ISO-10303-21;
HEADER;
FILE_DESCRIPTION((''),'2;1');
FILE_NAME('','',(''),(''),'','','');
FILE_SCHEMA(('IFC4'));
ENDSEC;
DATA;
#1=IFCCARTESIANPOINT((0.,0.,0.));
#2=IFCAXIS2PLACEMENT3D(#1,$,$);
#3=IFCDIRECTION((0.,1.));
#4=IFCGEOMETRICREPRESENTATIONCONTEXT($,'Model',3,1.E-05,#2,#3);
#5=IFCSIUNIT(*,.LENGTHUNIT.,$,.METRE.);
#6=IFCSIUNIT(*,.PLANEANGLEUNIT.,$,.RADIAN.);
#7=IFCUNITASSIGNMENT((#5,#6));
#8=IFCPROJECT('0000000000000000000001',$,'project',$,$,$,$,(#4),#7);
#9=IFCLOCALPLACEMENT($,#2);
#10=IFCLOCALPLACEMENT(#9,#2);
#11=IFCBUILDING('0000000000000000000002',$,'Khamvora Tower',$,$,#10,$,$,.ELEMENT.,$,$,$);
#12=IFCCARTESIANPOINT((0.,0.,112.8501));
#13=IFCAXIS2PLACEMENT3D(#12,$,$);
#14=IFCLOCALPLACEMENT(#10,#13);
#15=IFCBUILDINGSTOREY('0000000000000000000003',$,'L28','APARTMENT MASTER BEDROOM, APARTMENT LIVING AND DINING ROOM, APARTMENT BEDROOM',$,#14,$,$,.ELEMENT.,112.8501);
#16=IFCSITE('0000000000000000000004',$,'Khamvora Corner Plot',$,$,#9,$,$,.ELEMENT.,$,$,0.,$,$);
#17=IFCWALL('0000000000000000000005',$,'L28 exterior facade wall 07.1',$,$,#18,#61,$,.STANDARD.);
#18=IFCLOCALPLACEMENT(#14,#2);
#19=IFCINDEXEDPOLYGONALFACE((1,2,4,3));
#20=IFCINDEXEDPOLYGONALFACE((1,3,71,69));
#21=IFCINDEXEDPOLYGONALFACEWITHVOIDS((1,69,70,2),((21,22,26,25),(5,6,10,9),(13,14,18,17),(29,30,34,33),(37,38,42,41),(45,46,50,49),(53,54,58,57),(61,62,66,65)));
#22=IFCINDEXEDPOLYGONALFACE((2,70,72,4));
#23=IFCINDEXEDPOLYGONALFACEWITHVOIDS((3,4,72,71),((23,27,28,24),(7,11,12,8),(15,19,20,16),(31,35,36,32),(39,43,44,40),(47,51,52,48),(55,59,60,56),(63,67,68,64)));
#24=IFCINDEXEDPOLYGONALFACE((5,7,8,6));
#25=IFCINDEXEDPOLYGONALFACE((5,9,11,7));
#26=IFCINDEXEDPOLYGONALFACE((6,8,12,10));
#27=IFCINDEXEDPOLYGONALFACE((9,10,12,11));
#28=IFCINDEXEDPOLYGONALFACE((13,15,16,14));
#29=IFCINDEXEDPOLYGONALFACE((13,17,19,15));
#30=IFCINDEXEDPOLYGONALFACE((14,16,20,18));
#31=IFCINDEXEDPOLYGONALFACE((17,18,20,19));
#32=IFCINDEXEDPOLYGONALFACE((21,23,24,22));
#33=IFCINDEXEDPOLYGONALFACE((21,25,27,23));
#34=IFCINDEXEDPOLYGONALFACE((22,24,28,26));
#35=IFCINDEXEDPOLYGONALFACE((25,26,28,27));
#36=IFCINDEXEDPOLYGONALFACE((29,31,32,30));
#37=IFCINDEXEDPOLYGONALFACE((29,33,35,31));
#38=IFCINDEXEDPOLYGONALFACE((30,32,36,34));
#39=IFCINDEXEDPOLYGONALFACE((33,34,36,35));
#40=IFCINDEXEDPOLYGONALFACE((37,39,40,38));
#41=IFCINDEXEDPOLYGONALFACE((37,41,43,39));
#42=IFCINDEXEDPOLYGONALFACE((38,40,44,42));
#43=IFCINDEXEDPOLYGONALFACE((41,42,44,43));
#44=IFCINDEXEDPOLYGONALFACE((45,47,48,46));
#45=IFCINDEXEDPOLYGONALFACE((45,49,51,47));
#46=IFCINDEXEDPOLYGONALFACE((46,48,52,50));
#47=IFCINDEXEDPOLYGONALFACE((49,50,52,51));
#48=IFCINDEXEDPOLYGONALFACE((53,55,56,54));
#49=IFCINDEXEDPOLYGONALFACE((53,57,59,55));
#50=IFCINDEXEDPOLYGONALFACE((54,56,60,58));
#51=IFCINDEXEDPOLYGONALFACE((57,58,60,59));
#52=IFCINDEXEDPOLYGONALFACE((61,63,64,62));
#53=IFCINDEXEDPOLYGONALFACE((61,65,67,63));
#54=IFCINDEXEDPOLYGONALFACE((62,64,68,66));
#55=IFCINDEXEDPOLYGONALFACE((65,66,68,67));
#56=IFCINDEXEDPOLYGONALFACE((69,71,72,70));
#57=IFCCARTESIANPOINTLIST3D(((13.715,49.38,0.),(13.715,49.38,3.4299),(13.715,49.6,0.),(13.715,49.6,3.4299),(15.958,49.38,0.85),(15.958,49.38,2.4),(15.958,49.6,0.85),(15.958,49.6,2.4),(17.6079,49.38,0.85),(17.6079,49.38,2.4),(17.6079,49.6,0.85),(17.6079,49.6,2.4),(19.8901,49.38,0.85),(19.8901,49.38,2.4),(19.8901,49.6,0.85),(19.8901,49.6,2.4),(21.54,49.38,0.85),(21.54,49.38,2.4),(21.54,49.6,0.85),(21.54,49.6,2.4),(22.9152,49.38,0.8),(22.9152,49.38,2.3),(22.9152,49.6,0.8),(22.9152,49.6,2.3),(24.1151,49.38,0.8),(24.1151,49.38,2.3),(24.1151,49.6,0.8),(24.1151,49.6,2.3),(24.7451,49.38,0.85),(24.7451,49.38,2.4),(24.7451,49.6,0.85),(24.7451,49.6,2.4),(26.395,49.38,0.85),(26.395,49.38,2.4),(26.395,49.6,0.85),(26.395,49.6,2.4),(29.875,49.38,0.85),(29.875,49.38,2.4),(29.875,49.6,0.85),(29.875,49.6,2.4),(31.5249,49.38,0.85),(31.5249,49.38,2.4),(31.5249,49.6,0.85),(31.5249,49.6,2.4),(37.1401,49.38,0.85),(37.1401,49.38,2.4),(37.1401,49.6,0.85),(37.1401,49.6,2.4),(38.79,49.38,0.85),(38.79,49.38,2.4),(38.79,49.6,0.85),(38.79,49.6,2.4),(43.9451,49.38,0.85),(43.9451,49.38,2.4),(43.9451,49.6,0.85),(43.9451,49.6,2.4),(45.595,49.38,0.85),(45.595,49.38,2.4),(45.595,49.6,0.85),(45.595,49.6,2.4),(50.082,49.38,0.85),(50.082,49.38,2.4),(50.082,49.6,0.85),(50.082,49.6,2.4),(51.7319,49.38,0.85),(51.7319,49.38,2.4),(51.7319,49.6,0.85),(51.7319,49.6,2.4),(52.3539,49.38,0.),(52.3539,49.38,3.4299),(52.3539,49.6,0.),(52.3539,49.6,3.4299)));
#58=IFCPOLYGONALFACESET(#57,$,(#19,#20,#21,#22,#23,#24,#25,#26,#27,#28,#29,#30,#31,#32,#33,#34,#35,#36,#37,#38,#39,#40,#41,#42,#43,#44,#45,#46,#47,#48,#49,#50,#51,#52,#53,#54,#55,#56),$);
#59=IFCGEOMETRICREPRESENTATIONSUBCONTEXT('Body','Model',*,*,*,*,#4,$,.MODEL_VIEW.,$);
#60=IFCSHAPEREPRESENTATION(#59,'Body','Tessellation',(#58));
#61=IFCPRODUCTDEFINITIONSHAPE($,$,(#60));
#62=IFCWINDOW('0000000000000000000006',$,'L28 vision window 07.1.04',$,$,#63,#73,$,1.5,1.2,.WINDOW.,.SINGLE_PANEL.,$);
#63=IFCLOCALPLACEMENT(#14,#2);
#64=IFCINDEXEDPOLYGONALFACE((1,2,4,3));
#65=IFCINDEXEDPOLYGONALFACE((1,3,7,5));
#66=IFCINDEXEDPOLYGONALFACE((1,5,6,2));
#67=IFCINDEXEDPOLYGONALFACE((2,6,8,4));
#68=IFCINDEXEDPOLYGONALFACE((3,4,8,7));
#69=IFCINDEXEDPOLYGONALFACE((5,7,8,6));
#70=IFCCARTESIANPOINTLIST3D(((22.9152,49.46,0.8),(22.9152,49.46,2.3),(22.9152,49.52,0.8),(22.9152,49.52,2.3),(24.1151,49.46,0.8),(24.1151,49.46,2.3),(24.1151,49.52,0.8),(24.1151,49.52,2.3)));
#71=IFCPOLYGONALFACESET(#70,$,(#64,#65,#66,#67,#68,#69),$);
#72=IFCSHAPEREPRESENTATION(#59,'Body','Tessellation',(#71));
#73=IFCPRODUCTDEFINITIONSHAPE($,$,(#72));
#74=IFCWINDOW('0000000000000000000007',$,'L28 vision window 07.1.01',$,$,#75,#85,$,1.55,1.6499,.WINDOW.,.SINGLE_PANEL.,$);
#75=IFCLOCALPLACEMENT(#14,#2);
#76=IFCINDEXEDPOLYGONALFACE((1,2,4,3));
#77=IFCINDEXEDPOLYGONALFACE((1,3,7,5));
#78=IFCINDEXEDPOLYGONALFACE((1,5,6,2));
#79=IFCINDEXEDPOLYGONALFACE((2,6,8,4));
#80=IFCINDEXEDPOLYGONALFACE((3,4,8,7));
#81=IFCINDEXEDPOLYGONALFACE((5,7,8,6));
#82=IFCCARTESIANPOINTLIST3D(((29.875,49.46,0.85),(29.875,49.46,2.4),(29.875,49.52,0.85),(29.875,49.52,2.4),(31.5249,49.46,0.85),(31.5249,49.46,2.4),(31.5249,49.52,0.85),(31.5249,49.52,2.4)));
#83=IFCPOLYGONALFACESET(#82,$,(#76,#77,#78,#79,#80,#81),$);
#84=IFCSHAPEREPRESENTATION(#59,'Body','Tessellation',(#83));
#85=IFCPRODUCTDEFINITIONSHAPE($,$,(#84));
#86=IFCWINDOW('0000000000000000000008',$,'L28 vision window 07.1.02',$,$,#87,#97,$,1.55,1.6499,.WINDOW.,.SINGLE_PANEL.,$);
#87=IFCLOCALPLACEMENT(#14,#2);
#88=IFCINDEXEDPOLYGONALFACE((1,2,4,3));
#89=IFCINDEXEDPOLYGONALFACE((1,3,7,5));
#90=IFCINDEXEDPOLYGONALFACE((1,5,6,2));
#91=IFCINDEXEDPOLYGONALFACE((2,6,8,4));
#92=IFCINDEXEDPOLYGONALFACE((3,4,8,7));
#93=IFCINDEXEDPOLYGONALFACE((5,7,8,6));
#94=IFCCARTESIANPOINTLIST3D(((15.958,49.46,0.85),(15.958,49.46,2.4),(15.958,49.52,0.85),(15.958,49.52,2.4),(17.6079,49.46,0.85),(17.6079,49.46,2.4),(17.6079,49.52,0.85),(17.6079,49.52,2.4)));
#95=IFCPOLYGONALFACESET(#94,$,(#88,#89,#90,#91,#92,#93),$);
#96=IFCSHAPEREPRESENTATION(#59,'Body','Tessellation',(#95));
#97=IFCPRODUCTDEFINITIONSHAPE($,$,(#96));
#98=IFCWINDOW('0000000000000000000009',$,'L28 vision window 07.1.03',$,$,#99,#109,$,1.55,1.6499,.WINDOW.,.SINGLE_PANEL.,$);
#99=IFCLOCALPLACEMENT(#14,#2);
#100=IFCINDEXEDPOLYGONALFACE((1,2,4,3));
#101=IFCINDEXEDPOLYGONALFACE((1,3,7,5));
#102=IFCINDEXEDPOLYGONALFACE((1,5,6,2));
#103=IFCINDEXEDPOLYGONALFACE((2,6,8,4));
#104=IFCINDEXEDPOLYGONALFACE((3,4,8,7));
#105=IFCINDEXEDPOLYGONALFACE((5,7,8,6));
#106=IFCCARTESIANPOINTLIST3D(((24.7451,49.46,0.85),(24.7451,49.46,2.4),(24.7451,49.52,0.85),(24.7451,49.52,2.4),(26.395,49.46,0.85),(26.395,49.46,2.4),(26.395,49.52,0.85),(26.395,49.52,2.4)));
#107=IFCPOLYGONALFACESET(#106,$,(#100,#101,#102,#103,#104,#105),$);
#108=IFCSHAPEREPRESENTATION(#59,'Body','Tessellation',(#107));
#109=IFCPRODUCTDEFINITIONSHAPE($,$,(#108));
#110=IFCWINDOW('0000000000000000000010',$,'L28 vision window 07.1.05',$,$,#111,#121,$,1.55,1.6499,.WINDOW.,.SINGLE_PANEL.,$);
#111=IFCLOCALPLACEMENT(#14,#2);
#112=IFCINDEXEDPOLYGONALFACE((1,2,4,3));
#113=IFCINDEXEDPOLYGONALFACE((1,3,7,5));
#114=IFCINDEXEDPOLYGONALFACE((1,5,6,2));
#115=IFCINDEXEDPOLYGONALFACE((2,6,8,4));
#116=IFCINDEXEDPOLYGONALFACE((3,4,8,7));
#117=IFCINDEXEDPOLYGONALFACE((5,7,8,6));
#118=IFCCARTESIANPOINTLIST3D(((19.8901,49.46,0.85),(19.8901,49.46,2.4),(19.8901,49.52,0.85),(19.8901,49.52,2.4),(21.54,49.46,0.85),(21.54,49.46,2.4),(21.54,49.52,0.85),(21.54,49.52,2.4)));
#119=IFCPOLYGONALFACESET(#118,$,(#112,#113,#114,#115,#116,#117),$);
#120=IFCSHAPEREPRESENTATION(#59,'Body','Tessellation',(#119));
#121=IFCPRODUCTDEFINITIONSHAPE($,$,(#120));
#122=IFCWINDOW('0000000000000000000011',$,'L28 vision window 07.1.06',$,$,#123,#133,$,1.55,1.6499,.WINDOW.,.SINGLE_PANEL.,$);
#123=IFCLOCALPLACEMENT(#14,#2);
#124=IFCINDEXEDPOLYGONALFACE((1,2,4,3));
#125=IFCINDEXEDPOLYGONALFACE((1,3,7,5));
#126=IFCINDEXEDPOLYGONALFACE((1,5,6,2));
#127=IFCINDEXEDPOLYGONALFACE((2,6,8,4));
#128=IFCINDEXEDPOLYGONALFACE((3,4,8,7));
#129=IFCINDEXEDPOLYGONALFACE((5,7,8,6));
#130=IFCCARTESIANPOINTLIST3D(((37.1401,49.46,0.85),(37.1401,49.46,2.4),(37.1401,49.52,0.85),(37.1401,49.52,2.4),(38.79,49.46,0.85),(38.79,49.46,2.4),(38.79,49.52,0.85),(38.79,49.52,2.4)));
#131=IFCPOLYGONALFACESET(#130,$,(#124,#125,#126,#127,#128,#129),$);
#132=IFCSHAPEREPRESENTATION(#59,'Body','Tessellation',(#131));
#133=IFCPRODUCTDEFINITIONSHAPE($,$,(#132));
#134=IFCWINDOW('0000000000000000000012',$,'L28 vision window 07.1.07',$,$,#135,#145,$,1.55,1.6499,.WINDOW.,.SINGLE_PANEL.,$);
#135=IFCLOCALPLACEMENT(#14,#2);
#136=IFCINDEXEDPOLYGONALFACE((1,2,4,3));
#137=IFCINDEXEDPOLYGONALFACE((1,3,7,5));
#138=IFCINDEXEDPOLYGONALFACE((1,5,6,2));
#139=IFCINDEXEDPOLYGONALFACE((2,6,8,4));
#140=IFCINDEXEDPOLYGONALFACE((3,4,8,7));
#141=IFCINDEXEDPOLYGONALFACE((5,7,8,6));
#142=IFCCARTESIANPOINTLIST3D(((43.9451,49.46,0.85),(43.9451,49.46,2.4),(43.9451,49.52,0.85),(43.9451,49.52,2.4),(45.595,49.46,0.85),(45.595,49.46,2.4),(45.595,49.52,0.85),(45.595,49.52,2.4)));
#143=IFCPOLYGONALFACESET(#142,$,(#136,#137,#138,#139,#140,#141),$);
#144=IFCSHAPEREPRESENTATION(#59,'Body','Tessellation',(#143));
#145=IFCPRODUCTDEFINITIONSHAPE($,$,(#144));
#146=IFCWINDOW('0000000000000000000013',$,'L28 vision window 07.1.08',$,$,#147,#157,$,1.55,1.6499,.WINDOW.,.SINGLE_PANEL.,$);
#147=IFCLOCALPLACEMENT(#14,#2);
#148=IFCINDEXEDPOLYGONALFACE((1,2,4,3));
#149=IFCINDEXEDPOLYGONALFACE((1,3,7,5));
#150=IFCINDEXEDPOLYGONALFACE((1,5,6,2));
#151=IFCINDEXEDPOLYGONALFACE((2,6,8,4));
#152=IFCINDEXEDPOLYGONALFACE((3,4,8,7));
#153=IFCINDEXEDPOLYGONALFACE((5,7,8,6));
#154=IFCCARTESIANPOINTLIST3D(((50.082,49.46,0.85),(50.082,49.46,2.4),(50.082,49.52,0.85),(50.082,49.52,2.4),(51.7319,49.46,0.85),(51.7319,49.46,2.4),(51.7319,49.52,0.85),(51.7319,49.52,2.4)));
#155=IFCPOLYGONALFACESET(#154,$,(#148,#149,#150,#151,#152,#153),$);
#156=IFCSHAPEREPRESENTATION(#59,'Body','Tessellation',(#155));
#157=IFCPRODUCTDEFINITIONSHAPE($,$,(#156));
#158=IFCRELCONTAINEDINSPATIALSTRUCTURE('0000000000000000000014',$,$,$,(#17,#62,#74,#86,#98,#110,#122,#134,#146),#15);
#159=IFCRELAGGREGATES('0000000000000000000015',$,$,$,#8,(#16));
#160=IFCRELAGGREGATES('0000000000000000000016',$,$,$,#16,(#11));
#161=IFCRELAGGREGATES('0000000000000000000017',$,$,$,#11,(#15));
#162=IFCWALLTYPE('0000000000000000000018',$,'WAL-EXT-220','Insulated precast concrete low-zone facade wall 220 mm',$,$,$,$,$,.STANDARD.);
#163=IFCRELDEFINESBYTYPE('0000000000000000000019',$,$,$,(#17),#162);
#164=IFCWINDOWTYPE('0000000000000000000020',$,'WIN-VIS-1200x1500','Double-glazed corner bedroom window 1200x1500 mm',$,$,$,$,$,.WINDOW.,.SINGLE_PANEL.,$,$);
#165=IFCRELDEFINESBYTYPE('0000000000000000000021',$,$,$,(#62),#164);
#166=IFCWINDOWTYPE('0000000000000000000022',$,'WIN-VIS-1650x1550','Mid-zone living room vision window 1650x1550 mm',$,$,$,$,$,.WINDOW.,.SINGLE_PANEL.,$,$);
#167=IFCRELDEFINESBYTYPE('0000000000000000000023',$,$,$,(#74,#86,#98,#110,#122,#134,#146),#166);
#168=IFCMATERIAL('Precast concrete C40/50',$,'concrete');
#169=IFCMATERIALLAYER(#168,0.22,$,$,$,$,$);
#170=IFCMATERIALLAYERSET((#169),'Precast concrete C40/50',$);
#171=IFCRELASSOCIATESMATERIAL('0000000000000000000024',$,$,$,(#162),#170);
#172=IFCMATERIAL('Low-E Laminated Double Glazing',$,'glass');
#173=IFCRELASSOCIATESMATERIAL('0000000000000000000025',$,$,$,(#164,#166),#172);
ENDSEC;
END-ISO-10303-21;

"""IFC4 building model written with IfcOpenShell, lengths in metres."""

from ifc_helpers import new_model, si_unit, direction, frame, frame_2d, origin, place, context, subcontext, project, spatial, rectangle, extrude, material, layer, layer_set, type_object, element, fill, save


model = new_model("IFC4")

# Units and contexts
model_context = context("Model", 3, precision=1e-05, world=origin(), true_north=direction((0.0, 1.0)))
body_context = subcontext(model_context, "Body", "Model", "MODEL_VIEW")
ifc_project = project(units=[si_unit("LENGTHUNIT", "METRE"), si_unit("PLANEANGLEUNIT", "RADIAN")], contexts=[model_context])

# Site, building, storey
site_placement = place(None, origin())
site = spatial("IfcSite", under=ifc_project, at=site_placement, Name="Khamvora Corner Plot", CompositionType="ELEMENT", RefElevation=0.0)
building_placement = place(site_placement, origin())
building = spatial("IfcBuilding", under=site, at=building_placement, Name="Khamvora Tower", CompositionType="ELEMENT")
storey_placement = place(building_placement, frame((0.0, 0.0, 112.8501)))
storey = spatial("IfcBuildingStorey", under=building, at=storey_placement, Name="L28", Description="APARTMENT MASTER BEDROOM, APARTMENT LIVING AND DINING ROOM, APARTMENT BEDROOM", CompositionType="ELEMENT", Elevation=112.8501)

# Shared definitions
ifc_material_1 = material(Name="Precast concrete C40/50", Category="concrete")
ifc_layer_1 = layer(ifc_material_1, 0.22)
ifc_layer_set_1 = layer_set([ifc_layer_1], Name="Precast concrete C40/50")
wall_type_1 = type_object("IfcWallType", Name="WAL-EXT-220", Description="Insulated precast concrete low-zone facade wall 220 mm", PredefinedType="STANDARD", material=ifc_layer_set_1)

# Wall, openings, windows
wall_1_placement = place(storey_placement, frame((13.7151, 49.49, 0.0), z_axis=(0.0, 0.0, 1.0), x_axis=(1.0, 0.0, 0.0)))
wall_1 = element("IfcWall", 1, at=wall_1_placement, inside=storey, type_object=wall_type_1, Name="L28 exterior facade wall 07.1", PredefinedType="STANDARD", context=body_context, shape_type="SweptSolid", body=[
    extrude(rectangle(XDim=38.6389, YDim=0.22, at=frame_2d((19.3193, 0.0))), origin(), (0.0, 0.0, 1.0), 3.4299),
])
opening_1_placement = place(wall_1_placement, frame((16.1599, 0.0, 0.8501)))
opening_1 = element("IfcOpeningElement", 2, at=opening_1_placement, cuts=wall_1, PredefinedType="OPENING", context=body_context, shape_type="SweptSolid", body=[
    extrude(rectangle(XDim=1.6499, YDim=1.55, at=frame_2d((0.825, 0.7749))), frame((0.0, 0.1199, 0.0), z_axis=(0.0, -1.0, 0.0), x_axis=(1.0, 0.0, 0.0)), (0.0, 0.0, 1.0), 0.24),
])
opening_2_placement = place(wall_1_placement, frame((2.2429, 0.0, 0.8501)))
opening_2 = element("IfcOpeningElement", 3, at=opening_2_placement, cuts=wall_1, PredefinedType="OPENING", context=body_context, shape_type="SweptSolid", body=[
    extrude(rectangle(XDim=1.6499, YDim=1.55, at=frame_2d((0.825, 0.7749))), frame((0.0, 0.1199, 0.0), z_axis=(0.0, -1.0, 0.0), x_axis=(1.0, 0.0, 0.0)), (0.0, 0.0, 1.0), 0.24),
])
opening_3_placement = place(wall_1_placement, frame((11.03, 0.0, 0.8501)))
opening_3 = element("IfcOpeningElement", 4, at=opening_3_placement, cuts=wall_1, PredefinedType="OPENING", context=body_context, shape_type="SweptSolid", body=[
    extrude(rectangle(XDim=1.6499, YDim=1.55, at=frame_2d((0.825, 0.7749))), frame((0.0, 0.1199, 0.0), z_axis=(0.0, -1.0, 0.0), x_axis=(1.0, 0.0, 0.0)), (0.0, 0.0, 1.0), 0.24),
])
opening_4_placement = place(wall_1_placement, frame((9.2, 0.0, 0.8)))
opening_4 = element("IfcOpeningElement", 5, at=opening_4_placement, cuts=wall_1, PredefinedType="OPENING", context=body_context, shape_type="SweptSolid", body=[
    extrude(rectangle(XDim=1.2, YDim=1.5, at=frame_2d((0.6001, 0.75))), frame((0.0, 0.1199, 0.0), z_axis=(0.0, -1.0, 0.0), x_axis=(1.0, 0.0, 0.0)), (0.0, 0.0, 1.0), 0.24),
])
opening_5_placement = place(wall_1_placement, frame((6.175, 0.0, 0.8501)))
opening_5 = element("IfcOpeningElement", 6, at=opening_5_placement, cuts=wall_1, PredefinedType="OPENING", context=body_context, shape_type="SweptSolid", body=[
    extrude(rectangle(XDim=1.6499, YDim=1.55, at=frame_2d((0.825, 0.7749))), frame((0.0, 0.1199, 0.0), z_axis=(0.0, -1.0, 0.0), x_axis=(1.0, 0.0, 0.0)), (0.0, 0.0, 1.0), 0.24),
])
opening_6_placement = place(wall_1_placement, frame((23.425, 0.0, 0.8501)))
opening_6 = element("IfcOpeningElement", 7, at=opening_6_placement, cuts=wall_1, PredefinedType="OPENING", context=body_context, shape_type="SweptSolid", body=[
    extrude(rectangle(XDim=1.6499, YDim=1.55, at=frame_2d((0.825, 0.7749))), frame((0.0, 0.1199, 0.0), z_axis=(0.0, -1.0, 0.0), x_axis=(1.0, 0.0, 0.0)), (0.0, 0.0, 1.0), 0.24),
])
opening_7_placement = place(wall_1_placement, frame((30.23, 0.0, 0.8501)))
opening_7 = element("IfcOpeningElement", 8, at=opening_7_placement, cuts=wall_1, PredefinedType="OPENING", context=body_context, shape_type="SweptSolid", body=[
    extrude(rectangle(XDim=1.6499, YDim=1.55, at=frame_2d((0.825, 0.7749))), frame((0.0, 0.1199, 0.0), z_axis=(0.0, -1.0, 0.0), x_axis=(1.0, 0.0, 0.0)), (0.0, 0.0, 1.0), 0.24),
])
opening_8_placement = place(wall_1_placement, frame((36.3669, 0.0, 0.8501)))
opening_8 = element("IfcOpeningElement", 9, at=opening_8_placement, cuts=wall_1, PredefinedType="OPENING", context=body_context, shape_type="SweptSolid", body=[
    extrude(rectangle(XDim=1.6499, YDim=1.55, at=frame_2d((0.825, 0.7749))), frame((0.0, 0.1199, 0.0), z_axis=(0.0, -1.0, 0.0), x_axis=(1.0, 0.0, 0.0)), (0.0, 0.0, 1.0), 0.24),
])
ifc_material_2 = material(Name="Low-E Laminated Double Glazing", Category="glass")
window_type_1 = type_object("IfcWindowType", Name="WIN-VIS-1200x1500", Description="Double-glazed corner bedroom window 1200x1500 mm", PartitioningType="SINGLE_PANEL", PredefinedType="WINDOW", material=ifc_material_2)
window_1_placement = place(opening_4_placement, origin())
window_1 = element("IfcWindow", 10, at=window_1_placement, inside=storey, type_object=window_type_1, Name="L28 vision window 07.1.04", OverallHeight=1.5, OverallWidth=1.2, PartitioningType="SINGLE_PANEL", PredefinedType="WINDOW", context=body_context, shape_type="SweptSolid", body=[
    extrude(rectangle(XDim=1.2, YDim=1.5, at=frame_2d((0.6001, 0.75))), frame((0.0, 0.03, 0.0), z_axis=(0.0, -1.0, 0.0), x_axis=(1.0, 0.0, 0.0)), (0.0, 0.0, 1.0), 0.0601),
])
fill(opening_4, window_1)
window_type_2 = type_object("IfcWindowType", Name="WIN-VIS-1650x1550", Description="Mid-zone living room vision window 1650x1550 mm", PartitioningType="SINGLE_PANEL", PredefinedType="WINDOW", material=ifc_material_2)
window_2_placement = place(opening_1_placement, origin())
window_2 = element("IfcWindow", 11, at=window_2_placement, inside=storey, type_object=window_type_2, Name="L28 vision window 07.1.01", OverallHeight=1.55, OverallWidth=1.6499, PartitioningType="SINGLE_PANEL", PredefinedType="WINDOW", context=body_context, shape_type="SweptSolid", body=[
    extrude(rectangle(XDim=1.6499, YDim=1.55, at=frame_2d((0.825, 0.7749))), frame((0.0, 0.03, 0.0), z_axis=(0.0, -1.0, 0.0), x_axis=(1.0, 0.0, 0.0)), (0.0, 0.0, 1.0), 0.0601),
])
fill(opening_1, window_2)
window_3_placement = place(opening_2_placement, origin())
window_3 = element("IfcWindow", 12, at=window_3_placement, inside=storey, type_object=window_type_2, Name="L28 vision window 07.1.02", OverallHeight=1.55, OverallWidth=1.6499, PartitioningType="SINGLE_PANEL", PredefinedType="WINDOW", context=body_context, shape_type="SweptSolid", body=[
    extrude(rectangle(XDim=1.6499, YDim=1.55, at=frame_2d((0.825, 0.7749))), frame((0.0, 0.03, 0.0), z_axis=(0.0, -1.0, 0.0), x_axis=(1.0, 0.0, 0.0)), (0.0, 0.0, 1.0), 0.0601),
])
fill(opening_2, window_3)
window_4_placement = place(opening_3_placement, origin())
window_4 = element("IfcWindow", 13, at=window_4_placement, inside=storey, type_object=window_type_2, Name="L28 vision window 07.1.03", OverallHeight=1.55, OverallWidth=1.6499, PartitioningType="SINGLE_PANEL", PredefinedType="WINDOW", context=body_context, shape_type="SweptSolid", body=[
    extrude(rectangle(XDim=1.6499, YDim=1.55, at=frame_2d((0.825, 0.7749))), frame((0.0, 0.03, 0.0), z_axis=(0.0, -1.0, 0.0), x_axis=(1.0, 0.0, 0.0)), (0.0, 0.0, 1.0), 0.0601),
])
fill(opening_3, window_4)
window_5_placement = place(opening_5_placement, origin())
window_5 = element("IfcWindow", 14, at=window_5_placement, inside=storey, type_object=window_type_2, Name="L28 vision window 07.1.05", OverallHeight=1.55, OverallWidth=1.6499, PartitioningType="SINGLE_PANEL", PredefinedType="WINDOW", context=body_context, shape_type="SweptSolid", body=[
    extrude(rectangle(XDim=1.6499, YDim=1.55, at=frame_2d((0.825, 0.7749))), frame((0.0, 0.03, 0.0), z_axis=(0.0, -1.0, 0.0), x_axis=(1.0, 0.0, 0.0)), (0.0, 0.0, 1.0), 0.0601),
])
fill(opening_5, window_5)
window_6_placement = place(opening_6_placement, origin())
window_6 = element("IfcWindow", 15, at=window_6_placement, inside=storey, type_object=window_type_2, Name="L28 vision window 07.1.06", OverallHeight=1.55, OverallWidth=1.6499, PartitioningType="SINGLE_PANEL", PredefinedType="WINDOW", context=body_context, shape_type="SweptSolid", body=[
    extrude(rectangle(XDim=1.6499, YDim=1.55, at=frame_2d((0.825, 0.7749))), frame((0.0, 0.03, 0.0), z_axis=(0.0, -1.0, 0.0), x_axis=(1.0, 0.0, 0.0)), (0.0, 0.0, 1.0), 0.0601),
])
fill(opening_6, window_6)
window_7_placement = place(opening_7_placement, origin())
window_7 = element("IfcWindow", 16, at=window_7_placement, inside=storey, type_object=window_type_2, Name="L28 vision window 07.1.07", OverallHeight=1.55, OverallWidth=1.6499, PartitioningType="SINGLE_PANEL", PredefinedType="WINDOW", context=body_context, shape_type="SweptSolid", body=[
    extrude(rectangle(XDim=1.6499, YDim=1.55, at=frame_2d((0.825, 0.7749))), frame((0.0, 0.03, 0.0), z_axis=(0.0, -1.0, 0.0), x_axis=(1.0, 0.0, 0.0)), (0.0, 0.0, 1.0), 0.0601),
])
fill(opening_7, window_7)
window_8_placement = place(opening_8_placement, origin())
window_8 = element("IfcWindow", 17, at=window_8_placement, inside=storey, type_object=window_type_2, Name="L28 vision window 07.1.08", OverallHeight=1.55, OverallWidth=1.6499, PartitioningType="SINGLE_PANEL", PredefinedType="WINDOW", context=body_context, shape_type="SweptSolid", body=[
    extrude(rectangle(XDim=1.6499, YDim=1.55, at=frame_2d((0.825, 0.7749))), frame((0.0, 0.03, 0.0), z_axis=(0.0, -1.0, 0.0), x_axis=(1.0, 0.0, 0.0)), (0.0, 0.0, 1.0), 0.0601),
])
fill(opening_8, window_8)

save(model, "model.ifc")
